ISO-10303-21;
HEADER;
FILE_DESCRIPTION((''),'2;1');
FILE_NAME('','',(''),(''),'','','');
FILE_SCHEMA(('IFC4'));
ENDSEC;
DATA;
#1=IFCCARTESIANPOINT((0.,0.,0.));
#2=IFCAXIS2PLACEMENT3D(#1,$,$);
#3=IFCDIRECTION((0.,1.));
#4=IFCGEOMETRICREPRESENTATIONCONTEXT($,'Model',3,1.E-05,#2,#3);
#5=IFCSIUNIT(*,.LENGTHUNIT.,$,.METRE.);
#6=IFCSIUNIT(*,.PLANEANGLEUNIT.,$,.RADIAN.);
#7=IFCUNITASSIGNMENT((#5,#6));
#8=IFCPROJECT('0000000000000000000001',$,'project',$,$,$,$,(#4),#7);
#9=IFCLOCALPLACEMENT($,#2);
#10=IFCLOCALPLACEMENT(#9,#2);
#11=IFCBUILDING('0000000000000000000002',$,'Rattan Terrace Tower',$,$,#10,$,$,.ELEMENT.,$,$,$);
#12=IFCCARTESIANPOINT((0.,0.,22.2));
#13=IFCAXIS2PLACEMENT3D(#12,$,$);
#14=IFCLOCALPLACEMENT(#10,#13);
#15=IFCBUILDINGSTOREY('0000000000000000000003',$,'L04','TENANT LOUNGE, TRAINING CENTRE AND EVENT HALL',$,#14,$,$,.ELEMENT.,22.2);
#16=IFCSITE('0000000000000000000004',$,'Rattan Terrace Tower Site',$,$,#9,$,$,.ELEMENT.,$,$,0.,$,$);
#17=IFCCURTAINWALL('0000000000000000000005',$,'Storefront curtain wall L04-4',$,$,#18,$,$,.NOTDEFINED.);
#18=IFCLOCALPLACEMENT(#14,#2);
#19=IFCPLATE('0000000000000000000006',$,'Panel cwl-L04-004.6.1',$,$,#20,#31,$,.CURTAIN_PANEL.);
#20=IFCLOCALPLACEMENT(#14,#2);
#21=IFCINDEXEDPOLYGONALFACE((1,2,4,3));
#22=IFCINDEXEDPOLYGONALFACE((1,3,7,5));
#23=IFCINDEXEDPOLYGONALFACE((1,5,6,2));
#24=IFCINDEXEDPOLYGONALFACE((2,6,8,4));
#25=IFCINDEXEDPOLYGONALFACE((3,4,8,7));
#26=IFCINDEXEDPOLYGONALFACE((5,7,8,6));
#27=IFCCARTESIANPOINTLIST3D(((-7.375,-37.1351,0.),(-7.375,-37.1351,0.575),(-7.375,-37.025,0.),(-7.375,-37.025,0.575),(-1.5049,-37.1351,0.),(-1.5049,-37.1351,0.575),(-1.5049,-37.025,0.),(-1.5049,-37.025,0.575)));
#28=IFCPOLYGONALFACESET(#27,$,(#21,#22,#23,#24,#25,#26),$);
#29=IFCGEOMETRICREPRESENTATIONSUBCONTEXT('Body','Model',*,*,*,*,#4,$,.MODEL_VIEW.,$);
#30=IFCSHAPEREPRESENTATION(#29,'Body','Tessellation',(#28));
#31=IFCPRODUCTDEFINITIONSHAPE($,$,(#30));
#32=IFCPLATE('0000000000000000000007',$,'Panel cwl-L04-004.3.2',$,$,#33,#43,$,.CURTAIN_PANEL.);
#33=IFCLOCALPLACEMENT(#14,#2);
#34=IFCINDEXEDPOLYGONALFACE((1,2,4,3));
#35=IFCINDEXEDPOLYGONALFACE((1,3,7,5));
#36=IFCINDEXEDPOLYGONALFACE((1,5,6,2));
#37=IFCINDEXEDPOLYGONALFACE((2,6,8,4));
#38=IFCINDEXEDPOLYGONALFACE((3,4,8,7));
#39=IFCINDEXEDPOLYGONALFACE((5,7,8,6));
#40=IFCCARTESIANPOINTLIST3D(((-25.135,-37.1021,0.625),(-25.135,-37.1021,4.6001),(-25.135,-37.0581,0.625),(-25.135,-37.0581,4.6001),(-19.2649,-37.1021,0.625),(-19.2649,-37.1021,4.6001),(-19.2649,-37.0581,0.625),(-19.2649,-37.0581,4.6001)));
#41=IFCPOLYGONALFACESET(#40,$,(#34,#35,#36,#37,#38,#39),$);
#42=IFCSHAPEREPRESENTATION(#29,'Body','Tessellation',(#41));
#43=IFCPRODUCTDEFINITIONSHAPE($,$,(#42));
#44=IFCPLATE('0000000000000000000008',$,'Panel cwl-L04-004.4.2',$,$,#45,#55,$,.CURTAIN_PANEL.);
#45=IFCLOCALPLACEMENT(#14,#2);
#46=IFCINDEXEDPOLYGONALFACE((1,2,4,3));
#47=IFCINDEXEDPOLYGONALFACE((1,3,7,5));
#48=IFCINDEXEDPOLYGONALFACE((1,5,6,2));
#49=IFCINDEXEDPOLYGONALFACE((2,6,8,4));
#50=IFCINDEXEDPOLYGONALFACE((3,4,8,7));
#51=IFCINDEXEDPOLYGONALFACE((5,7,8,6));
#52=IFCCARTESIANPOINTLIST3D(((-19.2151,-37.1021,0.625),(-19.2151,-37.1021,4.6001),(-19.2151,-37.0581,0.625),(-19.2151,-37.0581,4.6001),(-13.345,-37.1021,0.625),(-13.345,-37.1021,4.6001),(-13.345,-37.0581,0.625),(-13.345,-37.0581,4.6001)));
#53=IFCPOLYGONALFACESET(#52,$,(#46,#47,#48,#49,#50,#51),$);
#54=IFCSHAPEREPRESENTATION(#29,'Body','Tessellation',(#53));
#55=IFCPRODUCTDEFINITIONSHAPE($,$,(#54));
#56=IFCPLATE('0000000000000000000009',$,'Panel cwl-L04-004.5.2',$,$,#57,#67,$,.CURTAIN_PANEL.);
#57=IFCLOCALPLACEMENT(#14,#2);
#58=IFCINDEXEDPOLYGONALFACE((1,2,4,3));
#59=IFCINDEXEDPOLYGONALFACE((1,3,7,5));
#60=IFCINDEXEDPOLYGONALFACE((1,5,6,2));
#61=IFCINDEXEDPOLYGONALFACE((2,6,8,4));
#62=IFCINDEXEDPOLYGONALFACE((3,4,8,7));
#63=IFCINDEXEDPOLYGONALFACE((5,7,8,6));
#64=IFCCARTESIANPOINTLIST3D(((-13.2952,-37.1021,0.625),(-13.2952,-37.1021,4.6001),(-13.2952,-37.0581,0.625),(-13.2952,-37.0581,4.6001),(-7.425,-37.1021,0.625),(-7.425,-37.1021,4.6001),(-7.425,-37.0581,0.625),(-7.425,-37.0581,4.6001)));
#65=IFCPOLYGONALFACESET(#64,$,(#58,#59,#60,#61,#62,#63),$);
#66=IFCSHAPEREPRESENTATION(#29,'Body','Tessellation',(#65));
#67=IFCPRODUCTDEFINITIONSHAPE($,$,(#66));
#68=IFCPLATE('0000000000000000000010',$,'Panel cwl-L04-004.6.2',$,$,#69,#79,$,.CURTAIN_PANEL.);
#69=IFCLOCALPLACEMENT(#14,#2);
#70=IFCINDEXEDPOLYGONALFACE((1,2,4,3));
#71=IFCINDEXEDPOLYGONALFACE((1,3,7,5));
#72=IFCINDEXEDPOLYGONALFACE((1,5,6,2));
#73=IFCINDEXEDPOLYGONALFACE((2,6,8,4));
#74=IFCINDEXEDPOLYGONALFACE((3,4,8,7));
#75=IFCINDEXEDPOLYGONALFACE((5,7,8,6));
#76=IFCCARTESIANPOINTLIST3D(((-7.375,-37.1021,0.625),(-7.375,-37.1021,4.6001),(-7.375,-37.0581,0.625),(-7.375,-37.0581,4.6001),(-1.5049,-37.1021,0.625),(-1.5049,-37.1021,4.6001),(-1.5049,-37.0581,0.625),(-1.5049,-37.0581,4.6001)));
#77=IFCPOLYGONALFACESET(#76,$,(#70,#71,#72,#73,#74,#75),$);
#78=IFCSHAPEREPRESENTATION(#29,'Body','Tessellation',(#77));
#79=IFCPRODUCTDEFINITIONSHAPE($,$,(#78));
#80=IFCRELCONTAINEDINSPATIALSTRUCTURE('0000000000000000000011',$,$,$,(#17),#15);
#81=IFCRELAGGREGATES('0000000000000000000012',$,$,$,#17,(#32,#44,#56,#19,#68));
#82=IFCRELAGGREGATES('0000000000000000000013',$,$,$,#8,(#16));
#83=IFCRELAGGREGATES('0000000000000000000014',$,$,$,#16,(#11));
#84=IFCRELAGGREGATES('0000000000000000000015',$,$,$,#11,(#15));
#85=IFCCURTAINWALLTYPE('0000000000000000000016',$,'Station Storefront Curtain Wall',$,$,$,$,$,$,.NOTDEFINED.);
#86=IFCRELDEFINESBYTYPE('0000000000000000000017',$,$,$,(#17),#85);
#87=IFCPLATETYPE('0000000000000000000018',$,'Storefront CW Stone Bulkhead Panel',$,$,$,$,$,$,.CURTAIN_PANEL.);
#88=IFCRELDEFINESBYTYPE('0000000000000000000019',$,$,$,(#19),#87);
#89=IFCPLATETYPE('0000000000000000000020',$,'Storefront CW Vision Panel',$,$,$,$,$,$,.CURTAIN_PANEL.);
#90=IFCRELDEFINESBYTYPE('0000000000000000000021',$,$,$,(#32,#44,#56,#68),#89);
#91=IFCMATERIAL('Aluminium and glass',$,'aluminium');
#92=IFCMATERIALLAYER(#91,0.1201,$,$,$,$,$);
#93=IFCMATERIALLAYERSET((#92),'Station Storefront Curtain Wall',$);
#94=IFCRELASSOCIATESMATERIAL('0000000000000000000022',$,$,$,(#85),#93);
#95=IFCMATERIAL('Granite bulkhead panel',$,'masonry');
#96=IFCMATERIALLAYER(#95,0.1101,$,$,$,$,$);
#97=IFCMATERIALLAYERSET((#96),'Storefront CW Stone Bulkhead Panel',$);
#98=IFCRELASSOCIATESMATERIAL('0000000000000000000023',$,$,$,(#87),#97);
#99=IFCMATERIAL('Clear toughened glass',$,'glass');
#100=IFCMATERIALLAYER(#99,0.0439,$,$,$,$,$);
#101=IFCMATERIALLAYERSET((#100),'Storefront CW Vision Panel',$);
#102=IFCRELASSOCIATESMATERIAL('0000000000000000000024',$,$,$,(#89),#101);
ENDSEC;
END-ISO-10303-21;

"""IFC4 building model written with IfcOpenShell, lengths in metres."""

from ifc_helpers import new_model, si_unit, direction, frame, origin, origin_2d, place, context, subcontext, project, spatial, rectangle, extrude, material, layer, layer_set, type_object, element, aggregate, save


model = new_model("IFC4")

# Units and contexts
model_context = context("Model", 3, precision=1e-05, world=origin(), true_north=direction((0.0, 1.0)))
body_context = subcontext(model_context, "Body", "Model", "MODEL_VIEW")
ifc_project = project(units=[si_unit("LENGTHUNIT", "METRE"), si_unit("PLANEANGLEUNIT", "RADIAN")], contexts=[model_context])

# Site, building, storey
site_placement = place(None, origin())
site = spatial("IfcSite", under=ifc_project, at=site_placement, Name="Rattan Terrace Tower Site", CompositionType="ELEMENT", RefElevation=0.0)
building_placement = place(site_placement, origin())
building = spatial("IfcBuilding", under=site, at=building_placement, Name="Rattan Terrace Tower", CompositionType="ELEMENT")
storey_placement = place(building_placement, frame((0.0, 0.0, 22.2)))
storey = spatial("IfcBuildingStorey", under=building, at=storey_placement, Name="L04", Description="TENANT LOUNGE, TRAINING CENTRE AND EVENT HALL", CompositionType="ELEMENT", Elevation=22.2)

# Curtain wall, plates
ifc_material_1 = material(Name="Aluminium and glass", Category="aluminium")
ifc_layer_1 = layer(ifc_material_1, 0.1201)
ifc_layer_set_1 = layer_set([ifc_layer_1], Name="Station Storefront Curtain Wall")
curtain_wall_type = type_object("IfcCurtainWallType", Name="Station Storefront Curtain Wall", PredefinedType="NOTDEFINED", material=ifc_layer_set_1)
curtain_wall_placement = place(storey_placement, origin())
curtain_wall = element("IfcCurtainWall", 1, at=curtain_wall_placement, inside=storey, type_object=curtain_wall_type, Name="Storefront curtain wall L04-4", PredefinedType="NOTDEFINED")
ifc_material_2 = material(Name="Granite bulkhead panel", Category="masonry")
ifc_layer_2 = layer(ifc_material_2, 0.1101)
ifc_layer_set_2 = layer_set([ifc_layer_2], Name="Storefront CW Stone Bulkhead Panel")
plate_type_1 = type_object("IfcPlateType", Name="Storefront CW Stone Bulkhead Panel", PredefinedType="CURTAIN_PANEL", material=ifc_layer_set_2)
plate_1_placement = place(storey_placement, frame((-4.4399, -37.0801, 0.0), z_axis=(0.0, 0.0, 1.0), x_axis=(1.0, 0.0, 0.0)))
plate_1 = element("IfcPlate", 2, at=plate_1_placement, type_object=plate_type_1, Name="Panel cwl-L04-004.6.1", PredefinedType="CURTAIN_PANEL", context=body_context, shape_type="SweptSolid", body=[
    extrude(rectangle(XDim=5.8701, YDim=0.1101, at=origin_2d()), origin(), (0.0, 0.0, 1.0), 0.575),
])
ifc_material_3 = material(Name="Clear toughened glass", Category="glass")
ifc_layer_3 = layer(ifc_material_3, 0.0439)
ifc_layer_set_3 = layer_set([ifc_layer_3], Name="Storefront CW Vision Panel")
plate_type_2 = type_object("IfcPlateType", Name="Storefront CW Vision Panel", PredefinedType="CURTAIN_PANEL", material=ifc_layer_set_3)
plate_2_placement = place(storey_placement, frame((-22.2, -37.0801, 0.625), z_axis=(0.0, 0.0, 1.0), x_axis=(1.0, 0.0, 0.0)))
plate_2 = element("IfcPlate", 3, at=plate_2_placement, type_object=plate_type_2, Name="Panel cwl-L04-004.3.2", PredefinedType="CURTAIN_PANEL", context=body_context, shape_type="SweptSolid", body=[
    extrude(rectangle(XDim=5.8701, YDim=0.0439, at=origin_2d()), origin(), (0.0, 0.0, 1.0), 3.9751),
])
plate_3_placement = place(storey_placement, frame((-16.28, -37.0801, 0.625), z_axis=(0.0, 0.0, 1.0), x_axis=(1.0, 0.0, 0.0)))
plate_3 = element("IfcPlate", 4, at=plate_3_placement, type_object=plate_type_2, Name="Panel cwl-L04-004.4.2", PredefinedType="CURTAIN_PANEL", context=body_context, shape_type="SweptSolid", body=[
    extrude(rectangle(XDim=5.8701, YDim=0.0439, at=origin_2d()), origin(), (0.0, 0.0, 1.0), 3.9751),
])
plate_4_placement = place(storey_placement, frame((-10.3601, -37.0801, 0.625), z_axis=(0.0, 0.0, 1.0), x_axis=(1.0, 0.0, 0.0)))
plate_4 = element("IfcPlate", 5, at=plate_4_placement, type_object=plate_type_2, Name="Panel cwl-L04-004.5.2", PredefinedType="CURTAIN_PANEL", context=body_context, shape_type="SweptSolid", body=[
    extrude(rectangle(XDim=5.8701, YDim=0.0439, at=origin_2d()), origin(), (0.0, 0.0, 1.0), 3.9751),
])
plate_5_placement = place(storey_placement, frame((-4.4399, -37.0801, 0.625), z_axis=(0.0, 0.0, 1.0), x_axis=(1.0, 0.0, 0.0)))
plate_5 = element("IfcPlate", 6, at=plate_5_placement, type_object=plate_type_2, Name="Panel cwl-L04-004.6.2", PredefinedType="CURTAIN_PANEL", context=body_context, shape_type="SweptSolid", body=[
    extrude(rectangle(XDim=5.8701, YDim=0.0439, at=origin_2d()), origin(), (0.0, 0.0, 1.0), 3.9751),
])
aggregate(curtain_wall, [plate_2, plate_3, plate_4, plate_1, plate_5])

save(model, "model.ifc")
